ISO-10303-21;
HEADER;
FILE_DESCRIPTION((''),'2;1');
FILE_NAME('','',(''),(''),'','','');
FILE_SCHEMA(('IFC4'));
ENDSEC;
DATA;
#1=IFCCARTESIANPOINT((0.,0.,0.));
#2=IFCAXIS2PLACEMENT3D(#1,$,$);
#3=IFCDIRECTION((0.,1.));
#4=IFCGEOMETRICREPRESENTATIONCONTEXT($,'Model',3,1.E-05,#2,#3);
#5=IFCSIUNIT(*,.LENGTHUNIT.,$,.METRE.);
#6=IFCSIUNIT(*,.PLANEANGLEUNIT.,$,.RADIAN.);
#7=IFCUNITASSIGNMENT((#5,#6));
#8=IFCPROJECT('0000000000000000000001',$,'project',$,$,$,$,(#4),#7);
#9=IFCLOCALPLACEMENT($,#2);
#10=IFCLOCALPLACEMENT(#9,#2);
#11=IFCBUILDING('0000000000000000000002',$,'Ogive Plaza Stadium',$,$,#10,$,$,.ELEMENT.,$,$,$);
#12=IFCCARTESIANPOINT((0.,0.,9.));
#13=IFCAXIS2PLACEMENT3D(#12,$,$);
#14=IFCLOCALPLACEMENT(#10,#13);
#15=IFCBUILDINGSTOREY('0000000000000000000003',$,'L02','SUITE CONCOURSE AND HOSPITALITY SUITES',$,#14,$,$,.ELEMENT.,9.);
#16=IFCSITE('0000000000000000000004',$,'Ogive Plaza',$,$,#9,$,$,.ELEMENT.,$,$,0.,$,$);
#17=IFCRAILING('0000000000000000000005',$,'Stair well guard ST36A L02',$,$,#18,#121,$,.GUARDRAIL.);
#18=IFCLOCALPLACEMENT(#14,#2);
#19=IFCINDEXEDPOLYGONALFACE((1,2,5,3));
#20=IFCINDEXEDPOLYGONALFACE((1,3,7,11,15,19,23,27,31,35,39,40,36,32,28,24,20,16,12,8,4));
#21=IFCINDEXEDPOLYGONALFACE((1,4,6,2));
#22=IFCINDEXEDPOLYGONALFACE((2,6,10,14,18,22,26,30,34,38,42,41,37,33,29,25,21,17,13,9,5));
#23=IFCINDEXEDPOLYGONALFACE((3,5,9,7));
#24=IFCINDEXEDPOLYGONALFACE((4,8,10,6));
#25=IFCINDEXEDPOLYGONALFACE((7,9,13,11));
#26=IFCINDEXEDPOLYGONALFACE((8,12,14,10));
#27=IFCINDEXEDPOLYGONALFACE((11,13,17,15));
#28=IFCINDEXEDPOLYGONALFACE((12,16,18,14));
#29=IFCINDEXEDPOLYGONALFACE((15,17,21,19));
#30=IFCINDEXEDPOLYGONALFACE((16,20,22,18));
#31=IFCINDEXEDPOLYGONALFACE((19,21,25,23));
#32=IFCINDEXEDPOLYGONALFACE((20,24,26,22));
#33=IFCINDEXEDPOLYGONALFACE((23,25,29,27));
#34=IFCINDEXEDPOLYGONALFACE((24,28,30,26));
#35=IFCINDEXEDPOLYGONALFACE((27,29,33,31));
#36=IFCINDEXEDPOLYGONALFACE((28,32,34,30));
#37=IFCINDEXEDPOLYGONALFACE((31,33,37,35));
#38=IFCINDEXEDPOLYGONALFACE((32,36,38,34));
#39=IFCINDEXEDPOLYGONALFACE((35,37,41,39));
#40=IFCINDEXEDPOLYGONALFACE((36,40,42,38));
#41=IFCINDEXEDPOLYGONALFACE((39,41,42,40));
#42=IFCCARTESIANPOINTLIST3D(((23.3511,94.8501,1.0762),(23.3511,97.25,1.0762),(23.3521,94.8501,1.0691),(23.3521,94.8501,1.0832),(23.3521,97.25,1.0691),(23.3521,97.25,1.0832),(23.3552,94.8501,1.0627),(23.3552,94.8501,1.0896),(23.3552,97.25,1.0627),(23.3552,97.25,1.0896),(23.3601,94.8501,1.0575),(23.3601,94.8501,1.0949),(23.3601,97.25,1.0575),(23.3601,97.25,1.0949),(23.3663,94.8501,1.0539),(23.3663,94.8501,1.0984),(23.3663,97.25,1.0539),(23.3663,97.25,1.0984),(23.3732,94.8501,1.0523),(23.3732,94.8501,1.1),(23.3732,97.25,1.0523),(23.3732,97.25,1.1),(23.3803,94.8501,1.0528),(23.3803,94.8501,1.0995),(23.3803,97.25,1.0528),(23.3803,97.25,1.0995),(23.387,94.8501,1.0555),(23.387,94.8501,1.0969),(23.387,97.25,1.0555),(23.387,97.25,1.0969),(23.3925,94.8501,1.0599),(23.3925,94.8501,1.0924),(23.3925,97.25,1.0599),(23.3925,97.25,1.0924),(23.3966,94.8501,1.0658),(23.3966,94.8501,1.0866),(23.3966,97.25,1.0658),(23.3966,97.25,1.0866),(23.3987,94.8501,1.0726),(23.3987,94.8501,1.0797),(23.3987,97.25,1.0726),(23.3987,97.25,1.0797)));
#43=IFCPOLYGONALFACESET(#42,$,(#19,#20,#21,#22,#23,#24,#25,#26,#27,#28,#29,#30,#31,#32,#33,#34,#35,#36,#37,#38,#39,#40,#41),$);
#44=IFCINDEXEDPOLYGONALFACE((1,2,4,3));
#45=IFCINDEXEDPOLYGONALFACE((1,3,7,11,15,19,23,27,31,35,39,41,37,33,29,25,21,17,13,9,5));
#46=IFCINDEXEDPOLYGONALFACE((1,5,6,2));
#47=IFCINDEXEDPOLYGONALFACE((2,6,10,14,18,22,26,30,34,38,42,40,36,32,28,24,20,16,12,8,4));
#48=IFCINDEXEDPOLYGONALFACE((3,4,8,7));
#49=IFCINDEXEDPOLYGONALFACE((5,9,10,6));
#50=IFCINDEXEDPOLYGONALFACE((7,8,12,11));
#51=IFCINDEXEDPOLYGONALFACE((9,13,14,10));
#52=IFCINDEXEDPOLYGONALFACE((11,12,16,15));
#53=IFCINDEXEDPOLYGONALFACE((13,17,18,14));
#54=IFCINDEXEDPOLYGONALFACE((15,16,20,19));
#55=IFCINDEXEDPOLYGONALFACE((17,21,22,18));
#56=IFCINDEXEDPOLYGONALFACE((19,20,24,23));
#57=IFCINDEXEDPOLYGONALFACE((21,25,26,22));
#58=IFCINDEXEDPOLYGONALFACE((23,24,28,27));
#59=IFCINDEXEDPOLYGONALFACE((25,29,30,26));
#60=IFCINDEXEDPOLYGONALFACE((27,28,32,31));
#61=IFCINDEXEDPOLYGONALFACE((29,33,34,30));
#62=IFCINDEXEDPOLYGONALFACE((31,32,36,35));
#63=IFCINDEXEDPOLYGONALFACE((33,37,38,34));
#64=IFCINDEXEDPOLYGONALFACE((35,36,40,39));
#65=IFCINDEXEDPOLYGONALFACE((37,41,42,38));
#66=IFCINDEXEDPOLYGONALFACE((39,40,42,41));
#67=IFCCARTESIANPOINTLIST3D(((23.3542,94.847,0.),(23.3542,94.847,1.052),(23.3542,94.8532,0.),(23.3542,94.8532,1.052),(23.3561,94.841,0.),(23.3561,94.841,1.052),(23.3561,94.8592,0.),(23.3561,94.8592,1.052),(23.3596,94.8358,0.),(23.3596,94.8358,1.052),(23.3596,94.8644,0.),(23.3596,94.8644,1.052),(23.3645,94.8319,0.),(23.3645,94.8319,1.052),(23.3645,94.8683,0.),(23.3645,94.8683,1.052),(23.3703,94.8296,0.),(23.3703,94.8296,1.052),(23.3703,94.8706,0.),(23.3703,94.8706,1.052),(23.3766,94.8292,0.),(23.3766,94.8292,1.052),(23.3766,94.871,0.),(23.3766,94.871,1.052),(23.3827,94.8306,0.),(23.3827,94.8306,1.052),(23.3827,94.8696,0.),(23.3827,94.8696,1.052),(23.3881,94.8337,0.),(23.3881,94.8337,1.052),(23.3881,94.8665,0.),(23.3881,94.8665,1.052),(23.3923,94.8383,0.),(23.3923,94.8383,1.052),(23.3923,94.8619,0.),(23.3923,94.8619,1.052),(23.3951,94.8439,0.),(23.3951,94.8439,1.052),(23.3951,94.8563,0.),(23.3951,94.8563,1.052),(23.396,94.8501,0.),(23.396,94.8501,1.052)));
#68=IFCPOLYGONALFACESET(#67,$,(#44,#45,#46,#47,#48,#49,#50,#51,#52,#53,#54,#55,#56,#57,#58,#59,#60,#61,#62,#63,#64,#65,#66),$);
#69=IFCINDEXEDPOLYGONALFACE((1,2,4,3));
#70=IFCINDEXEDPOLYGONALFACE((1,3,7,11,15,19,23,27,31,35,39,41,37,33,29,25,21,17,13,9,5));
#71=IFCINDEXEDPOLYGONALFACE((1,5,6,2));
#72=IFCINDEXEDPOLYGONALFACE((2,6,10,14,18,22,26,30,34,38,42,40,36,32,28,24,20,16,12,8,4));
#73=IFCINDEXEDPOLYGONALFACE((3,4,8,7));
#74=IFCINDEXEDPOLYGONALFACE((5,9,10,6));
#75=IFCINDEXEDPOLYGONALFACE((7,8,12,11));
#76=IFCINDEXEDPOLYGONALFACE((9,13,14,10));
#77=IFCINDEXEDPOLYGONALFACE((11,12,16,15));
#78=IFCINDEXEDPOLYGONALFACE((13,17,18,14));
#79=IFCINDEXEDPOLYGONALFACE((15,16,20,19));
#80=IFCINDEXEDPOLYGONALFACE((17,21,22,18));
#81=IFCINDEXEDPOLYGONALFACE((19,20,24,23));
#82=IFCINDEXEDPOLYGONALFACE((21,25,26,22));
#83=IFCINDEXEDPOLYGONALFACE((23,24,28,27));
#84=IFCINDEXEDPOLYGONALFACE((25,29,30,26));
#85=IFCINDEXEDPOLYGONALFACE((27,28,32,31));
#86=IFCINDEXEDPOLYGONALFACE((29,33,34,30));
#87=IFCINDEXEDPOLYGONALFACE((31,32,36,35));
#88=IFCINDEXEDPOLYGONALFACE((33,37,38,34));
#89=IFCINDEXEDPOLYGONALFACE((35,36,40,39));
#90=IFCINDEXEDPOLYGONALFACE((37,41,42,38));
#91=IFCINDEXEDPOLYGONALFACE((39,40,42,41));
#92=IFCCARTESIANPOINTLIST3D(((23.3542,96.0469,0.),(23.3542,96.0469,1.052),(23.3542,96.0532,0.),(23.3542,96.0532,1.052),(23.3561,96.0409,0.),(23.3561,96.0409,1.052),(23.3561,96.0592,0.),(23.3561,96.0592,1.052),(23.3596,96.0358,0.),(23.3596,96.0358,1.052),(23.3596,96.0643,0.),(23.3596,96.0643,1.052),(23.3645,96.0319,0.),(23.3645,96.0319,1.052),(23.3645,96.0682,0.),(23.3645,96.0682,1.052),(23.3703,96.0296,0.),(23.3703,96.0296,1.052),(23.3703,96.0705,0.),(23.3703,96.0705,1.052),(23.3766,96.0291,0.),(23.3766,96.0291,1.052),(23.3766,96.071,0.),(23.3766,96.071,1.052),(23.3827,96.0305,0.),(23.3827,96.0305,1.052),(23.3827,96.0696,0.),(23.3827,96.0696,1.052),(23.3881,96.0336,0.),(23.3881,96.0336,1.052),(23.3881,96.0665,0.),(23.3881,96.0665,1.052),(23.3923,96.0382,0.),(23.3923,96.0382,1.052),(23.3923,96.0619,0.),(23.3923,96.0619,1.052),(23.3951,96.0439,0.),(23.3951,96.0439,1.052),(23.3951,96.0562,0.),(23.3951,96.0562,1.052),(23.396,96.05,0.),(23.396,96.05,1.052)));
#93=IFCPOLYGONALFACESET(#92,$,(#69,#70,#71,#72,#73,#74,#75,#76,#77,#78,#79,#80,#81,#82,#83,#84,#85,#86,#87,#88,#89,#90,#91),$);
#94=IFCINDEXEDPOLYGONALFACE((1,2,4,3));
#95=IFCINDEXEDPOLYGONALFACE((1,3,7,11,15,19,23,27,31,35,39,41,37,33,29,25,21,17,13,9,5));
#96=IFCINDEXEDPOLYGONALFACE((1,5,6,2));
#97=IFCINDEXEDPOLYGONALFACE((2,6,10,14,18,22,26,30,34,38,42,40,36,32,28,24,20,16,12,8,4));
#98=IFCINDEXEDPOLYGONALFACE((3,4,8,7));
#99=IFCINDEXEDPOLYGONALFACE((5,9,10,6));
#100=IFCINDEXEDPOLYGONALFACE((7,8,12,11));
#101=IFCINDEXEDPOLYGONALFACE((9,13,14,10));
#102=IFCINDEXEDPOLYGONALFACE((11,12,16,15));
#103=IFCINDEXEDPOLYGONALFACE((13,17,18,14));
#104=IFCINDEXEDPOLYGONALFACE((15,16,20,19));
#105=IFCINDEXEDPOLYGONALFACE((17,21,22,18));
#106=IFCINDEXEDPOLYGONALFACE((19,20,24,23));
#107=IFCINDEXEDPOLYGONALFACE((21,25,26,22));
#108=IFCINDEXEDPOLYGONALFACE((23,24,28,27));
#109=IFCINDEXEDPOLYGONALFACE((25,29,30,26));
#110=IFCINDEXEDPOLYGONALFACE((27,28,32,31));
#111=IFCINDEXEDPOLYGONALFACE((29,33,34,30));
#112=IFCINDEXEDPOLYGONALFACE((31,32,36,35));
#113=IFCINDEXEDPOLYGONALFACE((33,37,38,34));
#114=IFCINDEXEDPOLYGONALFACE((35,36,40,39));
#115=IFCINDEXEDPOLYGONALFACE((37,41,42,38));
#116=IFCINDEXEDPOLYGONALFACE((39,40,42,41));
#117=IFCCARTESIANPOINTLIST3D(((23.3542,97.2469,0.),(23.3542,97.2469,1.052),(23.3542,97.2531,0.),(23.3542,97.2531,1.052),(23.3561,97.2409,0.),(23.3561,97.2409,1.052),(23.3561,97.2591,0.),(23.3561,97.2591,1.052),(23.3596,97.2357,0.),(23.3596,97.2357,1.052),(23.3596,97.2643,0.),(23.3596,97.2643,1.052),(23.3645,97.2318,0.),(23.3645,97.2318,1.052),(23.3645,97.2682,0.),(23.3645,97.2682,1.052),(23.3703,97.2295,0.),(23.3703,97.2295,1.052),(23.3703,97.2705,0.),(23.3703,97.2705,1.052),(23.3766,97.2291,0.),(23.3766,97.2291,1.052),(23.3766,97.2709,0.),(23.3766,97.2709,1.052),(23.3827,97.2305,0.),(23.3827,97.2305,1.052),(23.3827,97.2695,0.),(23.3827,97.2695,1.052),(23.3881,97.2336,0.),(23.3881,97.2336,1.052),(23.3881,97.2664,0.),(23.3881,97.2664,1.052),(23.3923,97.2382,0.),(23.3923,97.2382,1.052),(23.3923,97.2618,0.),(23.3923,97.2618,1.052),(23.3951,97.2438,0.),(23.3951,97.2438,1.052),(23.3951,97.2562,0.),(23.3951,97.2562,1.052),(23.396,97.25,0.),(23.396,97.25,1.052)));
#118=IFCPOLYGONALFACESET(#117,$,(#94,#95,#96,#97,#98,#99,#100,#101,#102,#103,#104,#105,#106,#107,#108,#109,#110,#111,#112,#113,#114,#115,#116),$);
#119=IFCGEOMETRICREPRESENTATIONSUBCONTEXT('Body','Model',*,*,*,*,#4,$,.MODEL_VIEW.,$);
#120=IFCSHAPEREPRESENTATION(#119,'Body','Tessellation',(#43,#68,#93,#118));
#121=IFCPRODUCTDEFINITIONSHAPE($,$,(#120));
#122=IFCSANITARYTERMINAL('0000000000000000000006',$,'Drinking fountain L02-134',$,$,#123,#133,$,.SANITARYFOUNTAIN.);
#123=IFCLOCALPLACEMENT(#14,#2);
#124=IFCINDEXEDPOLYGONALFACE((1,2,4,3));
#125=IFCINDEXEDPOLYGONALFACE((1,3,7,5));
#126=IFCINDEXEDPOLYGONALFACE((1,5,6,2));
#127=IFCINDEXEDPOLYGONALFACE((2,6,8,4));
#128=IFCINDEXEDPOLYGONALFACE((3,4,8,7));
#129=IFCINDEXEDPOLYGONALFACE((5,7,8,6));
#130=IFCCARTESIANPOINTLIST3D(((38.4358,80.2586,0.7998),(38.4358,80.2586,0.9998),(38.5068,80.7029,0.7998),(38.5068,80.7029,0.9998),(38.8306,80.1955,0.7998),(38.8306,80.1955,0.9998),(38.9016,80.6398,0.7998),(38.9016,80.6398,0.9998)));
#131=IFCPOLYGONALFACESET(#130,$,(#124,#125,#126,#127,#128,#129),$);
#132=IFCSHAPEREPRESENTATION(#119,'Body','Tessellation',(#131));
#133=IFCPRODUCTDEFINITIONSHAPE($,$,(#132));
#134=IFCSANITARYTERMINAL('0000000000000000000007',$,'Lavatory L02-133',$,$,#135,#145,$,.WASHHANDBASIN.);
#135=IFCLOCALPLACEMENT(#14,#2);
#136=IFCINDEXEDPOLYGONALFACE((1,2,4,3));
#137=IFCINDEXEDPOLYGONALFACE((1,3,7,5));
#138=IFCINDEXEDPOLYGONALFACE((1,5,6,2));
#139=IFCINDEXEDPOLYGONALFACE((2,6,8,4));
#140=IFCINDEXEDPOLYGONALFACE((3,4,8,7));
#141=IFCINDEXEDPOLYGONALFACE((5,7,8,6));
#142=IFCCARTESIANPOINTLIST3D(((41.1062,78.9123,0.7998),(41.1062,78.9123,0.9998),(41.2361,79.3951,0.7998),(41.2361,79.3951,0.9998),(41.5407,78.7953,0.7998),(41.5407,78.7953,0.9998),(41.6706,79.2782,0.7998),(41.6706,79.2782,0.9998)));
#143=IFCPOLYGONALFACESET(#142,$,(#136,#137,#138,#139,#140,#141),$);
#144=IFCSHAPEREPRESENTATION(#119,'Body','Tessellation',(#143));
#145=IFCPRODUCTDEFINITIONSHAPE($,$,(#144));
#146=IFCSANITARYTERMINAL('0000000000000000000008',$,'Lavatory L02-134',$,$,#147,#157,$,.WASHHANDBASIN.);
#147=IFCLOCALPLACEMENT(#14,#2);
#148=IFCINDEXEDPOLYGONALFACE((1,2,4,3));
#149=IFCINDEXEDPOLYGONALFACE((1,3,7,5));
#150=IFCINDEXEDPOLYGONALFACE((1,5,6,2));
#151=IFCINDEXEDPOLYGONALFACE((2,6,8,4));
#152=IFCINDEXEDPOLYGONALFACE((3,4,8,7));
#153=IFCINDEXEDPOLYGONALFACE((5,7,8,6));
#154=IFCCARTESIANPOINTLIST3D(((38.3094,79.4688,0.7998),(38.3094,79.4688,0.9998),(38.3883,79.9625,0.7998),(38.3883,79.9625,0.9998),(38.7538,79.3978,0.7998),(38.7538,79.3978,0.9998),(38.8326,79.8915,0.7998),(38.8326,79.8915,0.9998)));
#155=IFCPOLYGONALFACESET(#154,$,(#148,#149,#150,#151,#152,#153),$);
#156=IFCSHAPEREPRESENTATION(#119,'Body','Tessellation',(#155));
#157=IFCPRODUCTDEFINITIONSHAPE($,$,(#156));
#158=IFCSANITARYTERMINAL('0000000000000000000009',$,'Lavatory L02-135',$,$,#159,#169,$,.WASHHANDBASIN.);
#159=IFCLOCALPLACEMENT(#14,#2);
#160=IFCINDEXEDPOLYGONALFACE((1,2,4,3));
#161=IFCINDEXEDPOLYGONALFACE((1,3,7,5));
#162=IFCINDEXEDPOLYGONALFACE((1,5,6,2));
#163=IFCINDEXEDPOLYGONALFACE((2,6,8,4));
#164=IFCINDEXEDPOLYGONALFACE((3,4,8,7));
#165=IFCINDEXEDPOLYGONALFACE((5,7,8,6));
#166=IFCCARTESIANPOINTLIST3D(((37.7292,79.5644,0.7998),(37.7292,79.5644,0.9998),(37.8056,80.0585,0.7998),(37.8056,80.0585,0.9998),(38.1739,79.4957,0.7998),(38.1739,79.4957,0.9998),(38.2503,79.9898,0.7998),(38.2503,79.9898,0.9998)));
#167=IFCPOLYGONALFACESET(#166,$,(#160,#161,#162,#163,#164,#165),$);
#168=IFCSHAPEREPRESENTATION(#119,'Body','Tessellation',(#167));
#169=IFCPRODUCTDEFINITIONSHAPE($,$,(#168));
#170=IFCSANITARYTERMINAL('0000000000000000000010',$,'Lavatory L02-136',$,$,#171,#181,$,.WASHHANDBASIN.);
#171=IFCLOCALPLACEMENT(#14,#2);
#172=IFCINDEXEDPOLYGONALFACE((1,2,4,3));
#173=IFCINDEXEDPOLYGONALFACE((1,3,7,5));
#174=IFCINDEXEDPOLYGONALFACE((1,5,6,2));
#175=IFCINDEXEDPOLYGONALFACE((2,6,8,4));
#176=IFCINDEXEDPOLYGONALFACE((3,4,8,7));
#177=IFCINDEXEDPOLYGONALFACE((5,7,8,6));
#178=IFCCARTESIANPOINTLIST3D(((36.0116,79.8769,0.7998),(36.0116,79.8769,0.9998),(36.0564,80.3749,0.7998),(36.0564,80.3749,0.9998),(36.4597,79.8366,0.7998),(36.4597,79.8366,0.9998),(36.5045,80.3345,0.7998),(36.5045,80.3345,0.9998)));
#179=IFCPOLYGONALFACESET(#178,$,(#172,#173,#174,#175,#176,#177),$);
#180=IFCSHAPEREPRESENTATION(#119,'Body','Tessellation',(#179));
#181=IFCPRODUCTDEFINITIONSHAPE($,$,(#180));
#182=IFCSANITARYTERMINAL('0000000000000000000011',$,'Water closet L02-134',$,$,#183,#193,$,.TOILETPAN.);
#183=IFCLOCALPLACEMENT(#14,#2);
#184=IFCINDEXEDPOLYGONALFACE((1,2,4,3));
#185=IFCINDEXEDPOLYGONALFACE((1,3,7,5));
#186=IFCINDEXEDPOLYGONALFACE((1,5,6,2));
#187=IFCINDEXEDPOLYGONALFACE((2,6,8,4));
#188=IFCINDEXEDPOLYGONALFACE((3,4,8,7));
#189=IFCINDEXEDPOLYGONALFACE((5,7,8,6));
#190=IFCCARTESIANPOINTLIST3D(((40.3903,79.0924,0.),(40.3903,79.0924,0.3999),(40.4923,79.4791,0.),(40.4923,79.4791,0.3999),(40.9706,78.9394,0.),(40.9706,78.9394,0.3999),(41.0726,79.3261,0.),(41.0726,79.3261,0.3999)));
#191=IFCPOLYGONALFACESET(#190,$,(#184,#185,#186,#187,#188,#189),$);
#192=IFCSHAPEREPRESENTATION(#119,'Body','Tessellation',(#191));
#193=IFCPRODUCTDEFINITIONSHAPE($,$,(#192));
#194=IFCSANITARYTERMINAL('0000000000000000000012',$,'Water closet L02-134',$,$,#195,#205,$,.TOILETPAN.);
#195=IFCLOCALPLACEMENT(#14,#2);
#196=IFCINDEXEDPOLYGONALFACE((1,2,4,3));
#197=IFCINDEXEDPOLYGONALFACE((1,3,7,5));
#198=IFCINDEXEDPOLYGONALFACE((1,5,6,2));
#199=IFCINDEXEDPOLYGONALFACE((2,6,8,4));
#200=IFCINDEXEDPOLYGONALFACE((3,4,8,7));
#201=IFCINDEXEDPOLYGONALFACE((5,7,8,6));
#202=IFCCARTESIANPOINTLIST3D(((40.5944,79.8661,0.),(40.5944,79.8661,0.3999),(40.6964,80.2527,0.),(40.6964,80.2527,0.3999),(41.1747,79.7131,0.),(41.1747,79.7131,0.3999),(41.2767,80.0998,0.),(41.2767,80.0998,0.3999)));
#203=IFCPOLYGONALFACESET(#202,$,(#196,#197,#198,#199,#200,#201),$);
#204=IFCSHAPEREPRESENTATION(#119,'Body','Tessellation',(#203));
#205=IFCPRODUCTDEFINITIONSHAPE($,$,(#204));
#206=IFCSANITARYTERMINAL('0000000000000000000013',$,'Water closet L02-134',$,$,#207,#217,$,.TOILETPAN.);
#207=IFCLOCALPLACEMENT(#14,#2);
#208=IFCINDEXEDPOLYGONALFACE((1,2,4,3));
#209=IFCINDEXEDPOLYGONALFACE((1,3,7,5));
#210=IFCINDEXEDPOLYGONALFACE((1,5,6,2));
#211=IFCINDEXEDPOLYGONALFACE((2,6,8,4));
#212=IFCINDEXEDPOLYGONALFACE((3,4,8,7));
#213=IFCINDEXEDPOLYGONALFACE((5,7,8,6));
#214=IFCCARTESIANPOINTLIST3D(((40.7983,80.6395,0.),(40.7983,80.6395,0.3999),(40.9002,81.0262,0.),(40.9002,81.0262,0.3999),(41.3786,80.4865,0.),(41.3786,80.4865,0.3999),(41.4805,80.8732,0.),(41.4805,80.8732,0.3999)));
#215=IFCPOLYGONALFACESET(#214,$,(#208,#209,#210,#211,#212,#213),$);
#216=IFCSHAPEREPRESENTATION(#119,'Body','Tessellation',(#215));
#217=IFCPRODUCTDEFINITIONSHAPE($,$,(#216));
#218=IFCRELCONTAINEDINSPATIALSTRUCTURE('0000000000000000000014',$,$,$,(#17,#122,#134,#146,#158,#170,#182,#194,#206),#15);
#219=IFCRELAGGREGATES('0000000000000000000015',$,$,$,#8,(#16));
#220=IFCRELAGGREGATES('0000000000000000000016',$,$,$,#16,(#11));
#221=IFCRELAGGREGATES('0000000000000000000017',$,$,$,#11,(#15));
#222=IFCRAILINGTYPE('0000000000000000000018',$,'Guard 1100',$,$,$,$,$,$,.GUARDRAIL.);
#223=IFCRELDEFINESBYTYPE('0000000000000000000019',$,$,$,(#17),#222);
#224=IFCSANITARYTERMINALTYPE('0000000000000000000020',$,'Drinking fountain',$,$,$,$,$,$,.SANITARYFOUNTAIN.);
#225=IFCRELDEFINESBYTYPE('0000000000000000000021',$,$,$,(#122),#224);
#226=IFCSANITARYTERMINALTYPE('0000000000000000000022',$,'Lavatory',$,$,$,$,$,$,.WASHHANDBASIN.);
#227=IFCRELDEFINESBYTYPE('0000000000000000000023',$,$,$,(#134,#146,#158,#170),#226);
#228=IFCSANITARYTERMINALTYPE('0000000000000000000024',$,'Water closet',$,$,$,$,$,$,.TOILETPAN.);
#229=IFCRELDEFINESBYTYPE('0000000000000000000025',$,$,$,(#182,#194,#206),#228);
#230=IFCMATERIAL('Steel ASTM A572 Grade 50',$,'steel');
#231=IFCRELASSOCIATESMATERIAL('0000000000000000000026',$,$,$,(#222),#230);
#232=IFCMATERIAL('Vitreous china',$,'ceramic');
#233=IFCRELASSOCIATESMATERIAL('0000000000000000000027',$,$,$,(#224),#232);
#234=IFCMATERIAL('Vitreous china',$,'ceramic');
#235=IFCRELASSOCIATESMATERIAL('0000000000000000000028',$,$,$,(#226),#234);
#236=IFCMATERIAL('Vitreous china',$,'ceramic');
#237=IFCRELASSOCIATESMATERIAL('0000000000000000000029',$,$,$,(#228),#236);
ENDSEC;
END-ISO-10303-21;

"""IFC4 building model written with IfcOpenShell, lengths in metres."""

from ifc_helpers import new_model, si_unit, direction, frame, origin, origin_2d, place, context, subcontext, project, spatial, rectangle, circle, extrude, material, type_object, element, save


model = new_model("IFC4")

# Units and contexts
model_context = context("Model", 3, precision=1e-05, world=origin(), true_north=direction((0.0, 1.0)))
body_context = subcontext(model_context, "Body", "Model", "MODEL_VIEW")
ifc_project = project(units=[si_unit("LENGTHUNIT", "METRE"), si_unit("PLANEANGLEUNIT", "RADIAN")], contexts=[model_context])

# Site, building, storey
site_placement = place(None, origin())
site = spatial("IfcSite", under=ifc_project, at=site_placement, Name="Ogive Plaza", CompositionType="ELEMENT", RefElevation=0.0)
building_placement = place(site_placement, origin())
building = spatial("IfcBuilding", under=site, at=building_placement, Name="Ogive Plaza Stadium", CompositionType="ELEMENT")
storey_placement = place(building_placement, frame((0.0, 0.0, 9.0)))
storey = spatial("IfcBuildingStorey", under=building, at=storey_placement, Name="L02", Description="SUITE CONCOURSE AND HOSPITALITY SUITES", CompositionType="ELEMENT", Elevation=9.0)

# Railing
ifc_material_1 = material(Name="Steel ASTM A572 Grade 50", Category="steel")
railing_type = type_object("IfcRailingType", Name="Guard 1100", PredefinedType="GUARDRAIL", material=ifc_material_1)
railing_1_placement = place(storey_placement, frame((23.375, 94.8501, 0.0)))
element("IfcRailing", 1, at=railing_1_placement, inside=storey, type_object=railing_type, Name="Stair well guard ST36A L02", PredefinedType="GUARDRAIL", context=body_context, shape_type="SweptSolid", body=[
    extrude(circle(Radius=0.0239, at=origin_2d()), frame((0.0, 0.0, 1.0762), z_axis=(0.0, 1.0, 0.0), x_axis=(-1.0, 0.0, 0.0)), (0.0, 0.0, 1.0), 2.3999),
    extrude(circle(Radius=0.021, at=origin_2d()), origin(), (0.0, 0.0, 1.0), 1.052),
    extrude(circle(Radius=0.021, at=origin_2d()), frame((0.0, 1.2, 0.0)), (0.0, 0.0, 1.0), 1.052),
    extrude(circle(Radius=0.021, at=origin_2d()), frame((0.0, 2.3999, 0.0)), (0.0, 0.0, 1.0), 1.052),
])

# Sanitary terminals
ifc_material_2 = material(Name="Vitreous china", Category="ceramic")
sanitary_terminal_type_1 = type_object("IfcSanitaryTerminalType", Name="Drinking fountain", PredefinedType="SANITARYFOUNTAIN", material=ifc_material_2)
sanitary_terminal_placement = place(storey_placement, frame((38.6687, 80.4492, 0.7998), z_axis=(0.0, 0.0, 1.0), x_axis=(0.157791, 0.987473, 0.0)))
element("IfcSanitaryTerminal", 2, at=sanitary_terminal_placement, inside=storey, type_object=sanitary_terminal_type_1, Name="Drinking fountain L02-134", PredefinedType="SANITARYFOUNTAIN", context=body_context, shape_type="SweptSolid", body=[
    extrude(rectangle(XDim=0.45, YDim=0.3999, at=origin_2d()), origin(), (0.0, 0.0, 1.0), 0.2),
])
ifc_material_3 = material(Name="Vitreous china", Category="ceramic")
sanitary_terminal_type_2 = type_object("IfcSanitaryTerminalType", Name="Lavatory", PredefinedType="WASHHANDBASIN", material=ifc_material_3)
for number, where, z_axis, x_axis, name in (
    (3, (41.3884, 79.0952, 0.7998), (0.0, 0.0, 1.0), (0.259809, 0.96566, 0.0), "Lavatory L02-133"),
    (4, (38.571, 79.6802, 0.7998), (0.0, 0.0, 1.0), (0.157791, 0.987473, 0.0), "Lavatory L02-134"),
    (5, (37.9897, 79.7771, 0.7998), (0.0, 0.0, 1.0), (0.152796, 0.988258, 0.0), "Lavatory L02-135"),
    (6, (36.2581, 80.1057, 0.7998), (0.0, 0.0, 1.0), (0.089616, 0.995976, 0.0), "Lavatory L02-136"),
):
    element("IfcSanitaryTerminal", number, at=place(storey_placement, frame(where, z_axis=z_axis, x_axis=x_axis)), inside=storey, type_object=sanitary_terminal_type_2, Name=name, PredefinedType="WASHHANDBASIN", context=body_context, shape_type="SweptSolid", body=[
        extrude(rectangle(XDim=0.5, YDim=0.45, at=origin_2d()), origin(), (0.0, 0.0, 1.0), 0.2),
    ])
ifc_material_4 = material(Name="Vitreous china", Category="ceramic")
sanitary_terminal_type_3 = type_object("IfcSanitaryTerminalType", Name="Water closet", PredefinedType="TOILETPAN", material=ifc_material_4)
for number, where, z_axis, x_axis, name in (
    (7, (40.7314, 79.2092, 0.0), (0.0, 0.0, 1.0), (0.254934, 0.966958, 0.0), "Water closet L02-134"),
    (8, (40.9355, 79.9829, 0.0), (0.0, 0.0, 1.0), (0.254934, 0.966958, 0.0), "Water closet L02-134"),
    (9, (41.1394, 80.7563, 0.0), (0.0, 0.0, 1.0), (0.254934, 0.966958, 0.0), "Water closet L02-134"),
):
    element("IfcSanitaryTerminal", number, at=place(storey_placement, frame(where, z_axis=z_axis, x_axis=x_axis)), inside=storey, type_object=sanitary_terminal_type_3, Name=name, PredefinedType="TOILETPAN", context=body_context, shape_type="SweptSolid", body=[
        extrude(rectangle(XDim=0.3999, YDim=0.6001, at=origin_2d()), origin(), (0.0, 0.0, 1.0), 0.3999),
    ])

save(model, "model.ifc")
